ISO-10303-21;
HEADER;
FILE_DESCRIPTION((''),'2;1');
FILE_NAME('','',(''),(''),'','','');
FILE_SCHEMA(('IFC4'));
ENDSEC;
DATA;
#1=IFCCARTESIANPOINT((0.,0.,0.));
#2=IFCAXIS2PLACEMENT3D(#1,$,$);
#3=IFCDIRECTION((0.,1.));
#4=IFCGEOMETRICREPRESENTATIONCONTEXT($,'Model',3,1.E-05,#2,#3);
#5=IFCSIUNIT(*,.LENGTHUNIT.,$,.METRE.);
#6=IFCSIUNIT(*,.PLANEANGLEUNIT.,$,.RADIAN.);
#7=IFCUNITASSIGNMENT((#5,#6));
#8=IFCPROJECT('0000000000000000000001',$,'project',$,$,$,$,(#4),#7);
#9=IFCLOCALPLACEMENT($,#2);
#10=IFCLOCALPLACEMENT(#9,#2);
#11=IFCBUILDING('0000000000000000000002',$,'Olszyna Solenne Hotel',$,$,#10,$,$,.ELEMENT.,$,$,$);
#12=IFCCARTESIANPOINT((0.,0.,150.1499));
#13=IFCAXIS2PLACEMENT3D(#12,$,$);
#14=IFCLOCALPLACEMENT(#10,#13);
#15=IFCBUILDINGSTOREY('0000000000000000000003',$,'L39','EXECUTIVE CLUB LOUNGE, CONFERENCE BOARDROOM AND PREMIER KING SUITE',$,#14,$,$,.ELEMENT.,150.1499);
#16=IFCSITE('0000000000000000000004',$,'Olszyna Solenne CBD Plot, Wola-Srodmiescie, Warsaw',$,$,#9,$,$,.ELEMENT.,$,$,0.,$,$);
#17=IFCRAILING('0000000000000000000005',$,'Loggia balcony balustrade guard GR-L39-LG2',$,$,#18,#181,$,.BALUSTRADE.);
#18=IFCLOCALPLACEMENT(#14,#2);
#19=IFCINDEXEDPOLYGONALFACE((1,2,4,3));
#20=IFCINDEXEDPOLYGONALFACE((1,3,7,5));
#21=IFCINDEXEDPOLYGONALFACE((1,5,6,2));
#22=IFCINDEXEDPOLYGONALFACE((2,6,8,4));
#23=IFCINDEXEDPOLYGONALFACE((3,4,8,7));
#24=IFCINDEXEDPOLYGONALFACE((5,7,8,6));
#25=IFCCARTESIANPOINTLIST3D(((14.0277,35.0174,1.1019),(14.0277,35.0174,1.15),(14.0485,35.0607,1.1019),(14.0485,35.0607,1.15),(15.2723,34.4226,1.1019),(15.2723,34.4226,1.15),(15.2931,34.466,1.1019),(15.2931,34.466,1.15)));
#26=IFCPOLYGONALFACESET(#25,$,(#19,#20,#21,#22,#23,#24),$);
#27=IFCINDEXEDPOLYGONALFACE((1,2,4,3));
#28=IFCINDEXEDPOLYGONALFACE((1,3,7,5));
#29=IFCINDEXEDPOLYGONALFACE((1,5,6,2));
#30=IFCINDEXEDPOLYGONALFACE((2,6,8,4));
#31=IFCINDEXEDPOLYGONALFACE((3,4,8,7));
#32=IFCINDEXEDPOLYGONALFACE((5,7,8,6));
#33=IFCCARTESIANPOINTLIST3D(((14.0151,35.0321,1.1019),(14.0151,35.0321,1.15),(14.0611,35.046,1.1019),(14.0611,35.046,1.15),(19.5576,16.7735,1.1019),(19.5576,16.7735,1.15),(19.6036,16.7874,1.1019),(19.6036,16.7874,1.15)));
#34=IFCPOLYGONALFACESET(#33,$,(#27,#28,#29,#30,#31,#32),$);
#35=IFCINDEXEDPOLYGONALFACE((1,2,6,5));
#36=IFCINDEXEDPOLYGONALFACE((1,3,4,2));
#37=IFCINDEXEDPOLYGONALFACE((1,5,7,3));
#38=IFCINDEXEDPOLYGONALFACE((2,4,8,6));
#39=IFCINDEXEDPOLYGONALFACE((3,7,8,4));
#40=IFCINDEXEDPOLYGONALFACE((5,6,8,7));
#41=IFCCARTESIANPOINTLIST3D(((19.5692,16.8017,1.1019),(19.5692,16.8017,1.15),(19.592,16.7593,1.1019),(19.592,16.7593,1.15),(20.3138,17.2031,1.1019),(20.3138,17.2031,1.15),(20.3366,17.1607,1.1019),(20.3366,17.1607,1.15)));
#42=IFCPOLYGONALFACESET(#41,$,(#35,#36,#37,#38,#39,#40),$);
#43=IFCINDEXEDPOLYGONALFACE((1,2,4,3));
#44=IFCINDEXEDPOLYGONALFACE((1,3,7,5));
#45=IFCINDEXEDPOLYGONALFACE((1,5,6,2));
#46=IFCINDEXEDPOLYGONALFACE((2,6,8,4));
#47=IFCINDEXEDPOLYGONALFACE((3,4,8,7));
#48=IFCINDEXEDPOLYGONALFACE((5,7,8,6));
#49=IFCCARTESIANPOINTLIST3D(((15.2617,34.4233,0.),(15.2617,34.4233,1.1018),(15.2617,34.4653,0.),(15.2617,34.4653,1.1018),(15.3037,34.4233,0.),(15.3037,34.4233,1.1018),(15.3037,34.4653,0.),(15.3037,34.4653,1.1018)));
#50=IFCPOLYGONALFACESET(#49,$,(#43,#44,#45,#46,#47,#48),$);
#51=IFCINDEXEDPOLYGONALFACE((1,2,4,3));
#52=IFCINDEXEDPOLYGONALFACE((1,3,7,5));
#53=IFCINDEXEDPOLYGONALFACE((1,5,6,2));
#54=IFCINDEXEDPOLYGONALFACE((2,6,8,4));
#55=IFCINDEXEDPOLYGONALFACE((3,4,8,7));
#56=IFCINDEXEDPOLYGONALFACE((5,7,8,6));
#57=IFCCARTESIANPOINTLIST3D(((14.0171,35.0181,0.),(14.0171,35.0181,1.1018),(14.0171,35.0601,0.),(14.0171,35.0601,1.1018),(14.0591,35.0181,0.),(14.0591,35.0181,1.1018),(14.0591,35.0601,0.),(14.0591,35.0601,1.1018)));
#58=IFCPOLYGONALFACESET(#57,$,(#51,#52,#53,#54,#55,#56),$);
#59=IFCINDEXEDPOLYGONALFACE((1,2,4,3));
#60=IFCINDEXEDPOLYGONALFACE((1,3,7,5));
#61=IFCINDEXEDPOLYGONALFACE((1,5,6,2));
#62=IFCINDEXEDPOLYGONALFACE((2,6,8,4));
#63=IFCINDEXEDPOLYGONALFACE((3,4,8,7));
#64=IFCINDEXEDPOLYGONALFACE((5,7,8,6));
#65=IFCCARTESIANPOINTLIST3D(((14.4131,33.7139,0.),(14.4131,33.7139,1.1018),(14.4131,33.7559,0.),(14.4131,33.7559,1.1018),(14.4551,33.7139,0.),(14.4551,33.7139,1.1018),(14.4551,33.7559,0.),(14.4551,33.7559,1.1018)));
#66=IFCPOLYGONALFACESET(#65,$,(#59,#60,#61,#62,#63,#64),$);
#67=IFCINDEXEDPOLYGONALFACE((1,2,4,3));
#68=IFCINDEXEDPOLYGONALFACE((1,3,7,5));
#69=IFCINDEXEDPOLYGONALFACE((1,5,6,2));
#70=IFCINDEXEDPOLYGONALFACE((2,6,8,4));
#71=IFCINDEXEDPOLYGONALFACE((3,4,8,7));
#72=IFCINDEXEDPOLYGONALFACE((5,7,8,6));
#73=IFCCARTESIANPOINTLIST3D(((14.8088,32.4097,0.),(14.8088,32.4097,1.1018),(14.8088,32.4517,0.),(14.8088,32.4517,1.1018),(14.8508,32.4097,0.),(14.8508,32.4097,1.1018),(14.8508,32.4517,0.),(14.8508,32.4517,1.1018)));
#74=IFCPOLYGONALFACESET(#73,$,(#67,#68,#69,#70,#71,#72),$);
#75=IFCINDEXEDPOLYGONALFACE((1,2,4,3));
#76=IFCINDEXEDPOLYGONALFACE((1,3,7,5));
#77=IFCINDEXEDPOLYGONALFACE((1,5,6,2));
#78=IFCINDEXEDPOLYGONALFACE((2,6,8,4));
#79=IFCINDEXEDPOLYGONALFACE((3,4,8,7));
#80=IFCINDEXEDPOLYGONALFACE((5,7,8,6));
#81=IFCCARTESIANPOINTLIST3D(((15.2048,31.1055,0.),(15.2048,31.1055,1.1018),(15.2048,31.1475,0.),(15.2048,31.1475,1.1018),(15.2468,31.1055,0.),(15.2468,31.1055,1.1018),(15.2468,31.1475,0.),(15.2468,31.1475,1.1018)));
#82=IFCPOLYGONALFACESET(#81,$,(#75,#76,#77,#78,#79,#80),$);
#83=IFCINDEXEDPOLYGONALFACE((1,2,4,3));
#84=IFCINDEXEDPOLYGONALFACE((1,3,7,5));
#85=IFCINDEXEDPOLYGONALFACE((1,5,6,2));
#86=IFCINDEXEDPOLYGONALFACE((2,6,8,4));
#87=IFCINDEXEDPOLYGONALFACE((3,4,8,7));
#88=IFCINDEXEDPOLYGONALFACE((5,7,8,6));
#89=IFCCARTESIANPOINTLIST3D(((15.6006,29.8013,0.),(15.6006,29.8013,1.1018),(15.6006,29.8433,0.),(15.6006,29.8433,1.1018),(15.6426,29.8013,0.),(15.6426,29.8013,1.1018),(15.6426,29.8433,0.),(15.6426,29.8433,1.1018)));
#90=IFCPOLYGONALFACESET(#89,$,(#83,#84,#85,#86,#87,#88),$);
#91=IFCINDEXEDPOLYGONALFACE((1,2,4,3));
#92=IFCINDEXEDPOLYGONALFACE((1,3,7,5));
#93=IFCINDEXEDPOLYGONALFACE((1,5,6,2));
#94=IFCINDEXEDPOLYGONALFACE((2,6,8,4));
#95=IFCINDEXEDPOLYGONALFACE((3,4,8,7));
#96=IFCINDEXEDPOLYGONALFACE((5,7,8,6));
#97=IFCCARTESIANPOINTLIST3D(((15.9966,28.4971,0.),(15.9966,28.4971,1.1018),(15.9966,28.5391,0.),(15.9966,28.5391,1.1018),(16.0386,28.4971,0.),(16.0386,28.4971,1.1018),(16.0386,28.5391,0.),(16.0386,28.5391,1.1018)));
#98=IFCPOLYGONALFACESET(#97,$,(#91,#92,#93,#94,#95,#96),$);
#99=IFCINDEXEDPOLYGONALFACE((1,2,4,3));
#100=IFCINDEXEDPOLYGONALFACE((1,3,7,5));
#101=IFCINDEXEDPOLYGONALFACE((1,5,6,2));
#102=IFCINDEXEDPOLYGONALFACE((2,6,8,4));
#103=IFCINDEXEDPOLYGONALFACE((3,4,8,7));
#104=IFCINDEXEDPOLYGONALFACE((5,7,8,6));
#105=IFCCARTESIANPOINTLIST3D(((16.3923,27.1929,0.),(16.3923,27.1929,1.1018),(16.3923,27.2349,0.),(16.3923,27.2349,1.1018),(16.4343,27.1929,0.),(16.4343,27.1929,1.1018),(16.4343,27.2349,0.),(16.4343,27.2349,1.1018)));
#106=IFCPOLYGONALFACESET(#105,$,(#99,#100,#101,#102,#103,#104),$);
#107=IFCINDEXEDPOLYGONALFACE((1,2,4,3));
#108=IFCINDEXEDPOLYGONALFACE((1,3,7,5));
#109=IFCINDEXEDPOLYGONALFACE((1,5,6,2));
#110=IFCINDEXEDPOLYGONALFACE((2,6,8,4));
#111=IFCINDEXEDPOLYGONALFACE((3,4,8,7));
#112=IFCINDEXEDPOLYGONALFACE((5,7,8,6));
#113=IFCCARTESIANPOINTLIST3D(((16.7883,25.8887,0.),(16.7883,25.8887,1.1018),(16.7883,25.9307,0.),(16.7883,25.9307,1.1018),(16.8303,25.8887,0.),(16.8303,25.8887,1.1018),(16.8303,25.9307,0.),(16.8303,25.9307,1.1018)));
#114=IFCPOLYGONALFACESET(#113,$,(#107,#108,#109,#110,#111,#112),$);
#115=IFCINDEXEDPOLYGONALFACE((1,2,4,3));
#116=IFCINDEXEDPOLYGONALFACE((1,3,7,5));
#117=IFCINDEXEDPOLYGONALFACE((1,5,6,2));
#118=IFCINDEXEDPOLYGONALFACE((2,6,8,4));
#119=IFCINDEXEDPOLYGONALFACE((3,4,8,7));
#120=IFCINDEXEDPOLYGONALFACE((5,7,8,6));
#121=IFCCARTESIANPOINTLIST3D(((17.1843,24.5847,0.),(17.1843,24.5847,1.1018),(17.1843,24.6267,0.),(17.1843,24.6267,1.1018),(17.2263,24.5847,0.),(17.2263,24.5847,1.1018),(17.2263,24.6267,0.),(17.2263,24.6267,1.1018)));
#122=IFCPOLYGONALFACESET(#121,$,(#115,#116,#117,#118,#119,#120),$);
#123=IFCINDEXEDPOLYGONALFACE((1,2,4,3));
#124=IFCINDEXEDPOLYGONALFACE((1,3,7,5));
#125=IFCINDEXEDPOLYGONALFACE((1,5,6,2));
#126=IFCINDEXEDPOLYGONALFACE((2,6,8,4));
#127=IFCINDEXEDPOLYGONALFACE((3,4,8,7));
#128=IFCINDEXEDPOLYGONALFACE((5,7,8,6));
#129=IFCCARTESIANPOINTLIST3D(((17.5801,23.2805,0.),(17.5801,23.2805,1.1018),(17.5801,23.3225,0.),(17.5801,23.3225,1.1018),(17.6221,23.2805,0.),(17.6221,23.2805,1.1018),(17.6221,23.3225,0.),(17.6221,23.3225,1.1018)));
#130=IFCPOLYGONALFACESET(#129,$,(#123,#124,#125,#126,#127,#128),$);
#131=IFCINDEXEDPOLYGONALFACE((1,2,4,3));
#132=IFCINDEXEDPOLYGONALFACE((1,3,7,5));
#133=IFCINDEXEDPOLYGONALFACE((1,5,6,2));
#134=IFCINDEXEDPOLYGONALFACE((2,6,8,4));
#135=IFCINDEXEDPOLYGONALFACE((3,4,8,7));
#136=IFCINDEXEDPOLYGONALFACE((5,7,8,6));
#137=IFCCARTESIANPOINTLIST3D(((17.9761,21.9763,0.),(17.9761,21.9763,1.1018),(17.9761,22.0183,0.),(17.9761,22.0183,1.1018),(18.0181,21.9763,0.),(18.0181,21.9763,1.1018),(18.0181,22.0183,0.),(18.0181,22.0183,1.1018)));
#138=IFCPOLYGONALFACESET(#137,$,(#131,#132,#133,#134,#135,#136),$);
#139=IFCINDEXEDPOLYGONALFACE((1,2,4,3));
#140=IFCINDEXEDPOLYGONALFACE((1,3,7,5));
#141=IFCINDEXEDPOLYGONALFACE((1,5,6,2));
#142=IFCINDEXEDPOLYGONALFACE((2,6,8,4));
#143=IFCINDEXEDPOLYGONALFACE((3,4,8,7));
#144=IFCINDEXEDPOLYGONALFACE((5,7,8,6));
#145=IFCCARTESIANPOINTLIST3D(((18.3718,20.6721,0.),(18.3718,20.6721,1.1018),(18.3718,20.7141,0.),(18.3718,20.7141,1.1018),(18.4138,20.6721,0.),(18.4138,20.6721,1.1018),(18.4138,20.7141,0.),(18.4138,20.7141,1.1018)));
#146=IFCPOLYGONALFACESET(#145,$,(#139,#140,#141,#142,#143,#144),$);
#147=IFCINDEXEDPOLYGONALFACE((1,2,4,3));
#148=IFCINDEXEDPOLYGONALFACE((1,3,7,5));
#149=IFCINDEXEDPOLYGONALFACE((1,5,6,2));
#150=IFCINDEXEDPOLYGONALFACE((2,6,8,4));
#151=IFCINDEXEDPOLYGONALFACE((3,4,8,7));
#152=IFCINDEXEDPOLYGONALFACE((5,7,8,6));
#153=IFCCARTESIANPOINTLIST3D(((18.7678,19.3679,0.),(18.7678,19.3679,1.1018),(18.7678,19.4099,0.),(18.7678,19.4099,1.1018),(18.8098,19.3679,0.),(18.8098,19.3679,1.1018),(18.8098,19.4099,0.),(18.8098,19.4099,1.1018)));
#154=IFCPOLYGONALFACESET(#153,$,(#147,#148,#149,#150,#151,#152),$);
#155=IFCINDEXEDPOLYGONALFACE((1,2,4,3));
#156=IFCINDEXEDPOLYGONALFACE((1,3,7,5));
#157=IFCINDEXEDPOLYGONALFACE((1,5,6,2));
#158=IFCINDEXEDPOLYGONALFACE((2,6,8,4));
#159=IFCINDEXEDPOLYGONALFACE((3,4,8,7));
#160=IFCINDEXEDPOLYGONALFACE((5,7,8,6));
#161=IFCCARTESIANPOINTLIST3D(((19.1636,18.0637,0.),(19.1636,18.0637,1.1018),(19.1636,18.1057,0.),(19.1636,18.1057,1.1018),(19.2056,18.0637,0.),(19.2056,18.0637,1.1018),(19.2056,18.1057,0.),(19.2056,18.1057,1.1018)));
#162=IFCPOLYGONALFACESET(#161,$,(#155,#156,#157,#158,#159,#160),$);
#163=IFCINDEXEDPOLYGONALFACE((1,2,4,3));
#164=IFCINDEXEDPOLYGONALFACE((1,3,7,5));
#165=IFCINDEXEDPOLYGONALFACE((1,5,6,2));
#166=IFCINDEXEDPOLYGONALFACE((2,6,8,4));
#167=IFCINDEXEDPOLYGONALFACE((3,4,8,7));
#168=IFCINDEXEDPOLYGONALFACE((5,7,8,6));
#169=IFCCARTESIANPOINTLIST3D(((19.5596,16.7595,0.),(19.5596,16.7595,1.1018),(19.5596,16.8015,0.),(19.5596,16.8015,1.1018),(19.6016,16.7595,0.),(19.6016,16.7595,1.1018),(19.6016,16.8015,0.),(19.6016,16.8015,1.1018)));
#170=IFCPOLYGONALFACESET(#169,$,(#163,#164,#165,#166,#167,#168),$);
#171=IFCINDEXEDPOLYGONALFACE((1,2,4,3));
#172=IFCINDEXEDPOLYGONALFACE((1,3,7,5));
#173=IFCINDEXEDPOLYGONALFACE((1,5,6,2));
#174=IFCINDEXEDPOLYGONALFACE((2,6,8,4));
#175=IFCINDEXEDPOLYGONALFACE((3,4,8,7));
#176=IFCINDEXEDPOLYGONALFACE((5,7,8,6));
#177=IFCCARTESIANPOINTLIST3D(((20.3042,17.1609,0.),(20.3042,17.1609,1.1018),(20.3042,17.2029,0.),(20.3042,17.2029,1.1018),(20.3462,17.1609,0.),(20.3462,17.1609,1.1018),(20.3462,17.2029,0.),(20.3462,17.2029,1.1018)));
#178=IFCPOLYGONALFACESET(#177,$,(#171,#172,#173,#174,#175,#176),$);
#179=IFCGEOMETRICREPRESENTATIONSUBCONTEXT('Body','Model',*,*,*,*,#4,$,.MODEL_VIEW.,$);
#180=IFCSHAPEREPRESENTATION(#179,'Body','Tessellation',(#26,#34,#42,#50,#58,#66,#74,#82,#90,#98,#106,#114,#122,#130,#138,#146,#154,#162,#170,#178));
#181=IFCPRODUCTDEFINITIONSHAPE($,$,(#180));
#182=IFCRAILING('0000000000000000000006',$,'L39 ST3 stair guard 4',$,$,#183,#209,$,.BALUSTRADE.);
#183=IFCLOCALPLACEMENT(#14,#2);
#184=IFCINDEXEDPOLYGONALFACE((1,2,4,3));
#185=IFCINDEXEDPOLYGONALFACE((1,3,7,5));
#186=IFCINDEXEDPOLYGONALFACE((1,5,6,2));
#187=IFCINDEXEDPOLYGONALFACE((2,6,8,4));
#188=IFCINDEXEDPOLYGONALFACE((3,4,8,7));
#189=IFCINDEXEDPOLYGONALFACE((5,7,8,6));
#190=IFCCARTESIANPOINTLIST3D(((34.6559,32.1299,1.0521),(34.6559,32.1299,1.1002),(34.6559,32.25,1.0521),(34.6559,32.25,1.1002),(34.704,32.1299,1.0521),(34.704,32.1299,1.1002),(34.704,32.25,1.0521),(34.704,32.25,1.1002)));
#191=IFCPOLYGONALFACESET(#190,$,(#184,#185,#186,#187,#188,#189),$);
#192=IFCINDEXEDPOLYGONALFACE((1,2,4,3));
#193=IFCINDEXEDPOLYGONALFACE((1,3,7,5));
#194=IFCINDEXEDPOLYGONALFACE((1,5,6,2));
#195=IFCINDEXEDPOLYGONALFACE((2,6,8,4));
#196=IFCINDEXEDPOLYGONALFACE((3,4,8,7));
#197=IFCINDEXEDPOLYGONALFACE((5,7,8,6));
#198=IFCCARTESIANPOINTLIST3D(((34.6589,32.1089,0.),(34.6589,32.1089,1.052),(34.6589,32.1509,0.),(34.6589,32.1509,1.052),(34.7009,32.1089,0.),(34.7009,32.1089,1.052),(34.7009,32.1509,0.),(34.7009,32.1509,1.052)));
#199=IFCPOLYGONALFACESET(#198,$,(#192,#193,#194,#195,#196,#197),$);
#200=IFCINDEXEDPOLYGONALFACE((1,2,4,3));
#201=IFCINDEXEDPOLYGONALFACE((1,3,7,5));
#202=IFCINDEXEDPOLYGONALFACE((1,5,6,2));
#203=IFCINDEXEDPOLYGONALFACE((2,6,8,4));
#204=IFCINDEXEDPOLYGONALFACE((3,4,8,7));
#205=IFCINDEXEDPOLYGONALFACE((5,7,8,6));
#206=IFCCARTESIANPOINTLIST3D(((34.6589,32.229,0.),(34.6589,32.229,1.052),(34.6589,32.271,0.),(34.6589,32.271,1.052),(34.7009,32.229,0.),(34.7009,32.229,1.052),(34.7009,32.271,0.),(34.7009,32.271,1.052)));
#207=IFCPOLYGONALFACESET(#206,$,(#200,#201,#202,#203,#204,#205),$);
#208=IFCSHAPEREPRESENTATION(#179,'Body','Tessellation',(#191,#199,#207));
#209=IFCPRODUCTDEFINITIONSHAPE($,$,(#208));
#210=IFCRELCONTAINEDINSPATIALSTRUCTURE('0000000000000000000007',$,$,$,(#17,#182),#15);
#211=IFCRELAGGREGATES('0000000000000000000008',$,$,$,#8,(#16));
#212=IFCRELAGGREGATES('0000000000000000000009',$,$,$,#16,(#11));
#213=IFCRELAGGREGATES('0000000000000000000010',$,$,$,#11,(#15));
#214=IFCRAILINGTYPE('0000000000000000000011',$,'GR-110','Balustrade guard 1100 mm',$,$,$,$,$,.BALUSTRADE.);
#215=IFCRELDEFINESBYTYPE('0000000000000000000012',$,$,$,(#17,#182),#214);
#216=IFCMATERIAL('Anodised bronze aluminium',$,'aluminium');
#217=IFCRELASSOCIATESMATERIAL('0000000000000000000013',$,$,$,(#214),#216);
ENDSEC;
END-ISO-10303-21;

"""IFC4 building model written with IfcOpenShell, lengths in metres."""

from ifc_helpers import new_model, si_unit, direction, frame, origin, origin_2d, place, context, subcontext, project, spatial, rectangle, extrude, material, type_object, element, save


model = new_model("IFC4")

# Units and contexts
model_context = context("Model", 3, precision=1e-05, world=origin(), true_north=direction((0.0, 1.0)))
body_context = subcontext(model_context, "Body", "Model", "MODEL_VIEW")
ifc_project = project(units=[si_unit("LENGTHUNIT", "METRE"), si_unit("PLANEANGLEUNIT", "RADIAN")], contexts=[model_context])

# Site, building, storey
site_placement = place(None, origin())
site = spatial("IfcSite", under=ifc_project, at=site_placement, Name="Olszyna Solenne CBD Plot, Wola-Srodmiescie, Warsaw", CompositionType="ELEMENT", RefElevation=0.0)
building_placement = place(site_placement, origin())
building = spatial("IfcBuilding", under=site, at=building_placement, Name="Olszyna Solenne Hotel", CompositionType="ELEMENT")
storey_placement = place(building_placement, frame((0.0, 0.0, 150.1499)))
storey = spatial("IfcBuildingStorey", under=building, at=storey_placement, Name="L39", Description="EXECUTIVE CLUB LOUNGE, CONFERENCE BOARDROOM AND PREMIER KING SUITE", CompositionType="ELEMENT", Elevation=150.1499)

# Railings
ifc_material_1 = material(Name="Anodised bronze aluminium", Category="aluminium")
railing_type = type_object("IfcRailingType", Name="GR-110", Description="Balustrade guard 1100 mm", PredefinedType="BALUSTRADE", material=ifc_material_1)
railing_1_placement = place(storey_placement, frame((15.2827, 34.4443, 0.0)))
element("IfcRailing", 1, at=railing_1_placement, inside=storey, type_object=railing_type, Name="Loggia balcony balustrade guard GR-L39-LG2", PredefinedType="BALUSTRADE", context=body_context, shape_type="SweptSolid", body=[
    extrude(rectangle(XDim=0.0481, YDim=0.0481, at=origin_2d()), frame((0.0, 0.0, 1.126), z_axis=(-0.902284, 0.431142, 0.0), x_axis=(-0.431142, -0.902284, 0.0)), (0.0, 0.0, 1.0), 1.3794),
    extrude(rectangle(XDim=0.0481, YDim=0.0481, at=origin_2d()), frame((-1.2446, 0.5947, 1.126), z_axis=(0.290468, -0.956885, 0.0), x_axis=(0.956885, 0.290468, 0.0)), (0.0, 0.0, 1.0), 19.0813),
    extrude(rectangle(XDim=0.0481, YDim=0.0481, at=origin_2d()), frame((4.2979, -17.6638, 1.126), z_axis=(0.880267, 0.474478, 0.0), x_axis=(-0.474478, 0.880267, 0.0)), (0.0, 0.0, 1.0), 0.8459),
    extrude(rectangle(XDim=0.042, YDim=0.042, at=origin_2d()), origin(), (0.0, 0.0, 1.0), 1.1018),
    extrude(rectangle(XDim=0.042, YDim=0.042, at=origin_2d()), frame((-1.2446, 0.5947, 0.0)), (0.0, 0.0, 1.0), 1.1018),
    extrude(rectangle(XDim=0.042, YDim=0.042, at=origin_2d()), frame((-0.8486, -0.7095, 0.0)), (0.0, 0.0, 1.0), 1.1018),
    extrude(rectangle(XDim=0.042, YDim=0.042, at=origin_2d()), frame((-0.4529, -2.0137, 0.0)), (0.0, 0.0, 1.0), 1.1018),
    extrude(rectangle(XDim=0.042, YDim=0.042, at=origin_2d()), frame((-0.0569, -3.3179, 0.0)), (0.0, 0.0, 1.0), 1.1018),
    extrude(rectangle(XDim=0.042, YDim=0.042, at=origin_2d()), frame((0.3389, -4.6221, 0.0)), (0.0, 0.0, 1.0), 1.1018),
    extrude(rectangle(XDim=0.042, YDim=0.042, at=origin_2d()), frame((0.7349, -5.9263, 0.0)), (0.0, 0.0, 1.0), 1.1018),
    extrude(rectangle(XDim=0.042, YDim=0.042, at=origin_2d()), frame((1.1306, -7.2305, 0.0)), (0.0, 0.0, 1.0), 1.1018),
    extrude(rectangle(XDim=0.042, YDim=0.042, at=origin_2d()), frame((1.5266, -8.5347, 0.0)), (0.0, 0.0, 1.0), 1.1018),
    extrude(rectangle(XDim=0.042, YDim=0.042, at=origin_2d()), frame((1.9226, -9.8386, 0.0)), (0.0, 0.0, 1.0), 1.1018),
    extrude(rectangle(XDim=0.042, YDim=0.042, at=origin_2d()), frame((2.3184, -11.1428, 0.0)), (0.0, 0.0, 1.0), 1.1018),
    extrude(rectangle(XDim=0.042, YDim=0.042, at=origin_2d()), frame((2.7144, -12.447, 0.0)), (0.0, 0.0, 1.0), 1.1018),
    extrude(rectangle(XDim=0.042, YDim=0.042, at=origin_2d()), frame((3.1101, -13.7512, 0.0)), (0.0, 0.0, 1.0), 1.1018),
    extrude(rectangle(XDim=0.042, YDim=0.042, at=origin_2d()), frame((3.5061, -15.0554, 0.0)), (0.0, 0.0, 1.0), 1.1018),
    extrude(rectangle(XDim=0.042, YDim=0.042, at=origin_2d()), frame((3.9019, -16.3596, 0.0)), (0.0, 0.0, 1.0), 1.1018),
    extrude(rectangle(XDim=0.042, YDim=0.042, at=origin_2d()), frame((4.2979, -17.6638, 0.0)), (0.0, 0.0, 1.0), 1.1018),
    extrude(rectangle(XDim=0.042, YDim=0.042, at=origin_2d()), frame((5.0425, -17.2625, 0.0)), (0.0, 0.0, 1.0), 1.1018),
])
railing_2_placement = place(storey_placement, frame((34.6799, 32.1299, 0.0)))
element("IfcRailing", 2, at=railing_2_placement, inside=storey, type_object=railing_type, Name="L39 ST3 stair guard 4", PredefinedType="BALUSTRADE", context=body_context, shape_type="SweptSolid", body=[
    extrude(rectangle(XDim=0.0481, YDim=0.0481, at=origin_2d()), frame((0.0, 0.0, 1.0762), z_axis=(0.0, 1.0, 0.0), x_axis=(-1.0, 0.0, 0.0)), (0.0, 0.0, 1.0), 0.1201),
    extrude(rectangle(XDim=0.042, YDim=0.042, at=origin_2d()), origin(), (0.0, 0.0, 1.0), 1.052),
    extrude(rectangle(XDim=0.042, YDim=0.042, at=origin_2d()), frame((0.0, 0.1201, 0.0)), (0.0, 0.0, 1.0), 1.052),
])

save(model, "model.ifc")
